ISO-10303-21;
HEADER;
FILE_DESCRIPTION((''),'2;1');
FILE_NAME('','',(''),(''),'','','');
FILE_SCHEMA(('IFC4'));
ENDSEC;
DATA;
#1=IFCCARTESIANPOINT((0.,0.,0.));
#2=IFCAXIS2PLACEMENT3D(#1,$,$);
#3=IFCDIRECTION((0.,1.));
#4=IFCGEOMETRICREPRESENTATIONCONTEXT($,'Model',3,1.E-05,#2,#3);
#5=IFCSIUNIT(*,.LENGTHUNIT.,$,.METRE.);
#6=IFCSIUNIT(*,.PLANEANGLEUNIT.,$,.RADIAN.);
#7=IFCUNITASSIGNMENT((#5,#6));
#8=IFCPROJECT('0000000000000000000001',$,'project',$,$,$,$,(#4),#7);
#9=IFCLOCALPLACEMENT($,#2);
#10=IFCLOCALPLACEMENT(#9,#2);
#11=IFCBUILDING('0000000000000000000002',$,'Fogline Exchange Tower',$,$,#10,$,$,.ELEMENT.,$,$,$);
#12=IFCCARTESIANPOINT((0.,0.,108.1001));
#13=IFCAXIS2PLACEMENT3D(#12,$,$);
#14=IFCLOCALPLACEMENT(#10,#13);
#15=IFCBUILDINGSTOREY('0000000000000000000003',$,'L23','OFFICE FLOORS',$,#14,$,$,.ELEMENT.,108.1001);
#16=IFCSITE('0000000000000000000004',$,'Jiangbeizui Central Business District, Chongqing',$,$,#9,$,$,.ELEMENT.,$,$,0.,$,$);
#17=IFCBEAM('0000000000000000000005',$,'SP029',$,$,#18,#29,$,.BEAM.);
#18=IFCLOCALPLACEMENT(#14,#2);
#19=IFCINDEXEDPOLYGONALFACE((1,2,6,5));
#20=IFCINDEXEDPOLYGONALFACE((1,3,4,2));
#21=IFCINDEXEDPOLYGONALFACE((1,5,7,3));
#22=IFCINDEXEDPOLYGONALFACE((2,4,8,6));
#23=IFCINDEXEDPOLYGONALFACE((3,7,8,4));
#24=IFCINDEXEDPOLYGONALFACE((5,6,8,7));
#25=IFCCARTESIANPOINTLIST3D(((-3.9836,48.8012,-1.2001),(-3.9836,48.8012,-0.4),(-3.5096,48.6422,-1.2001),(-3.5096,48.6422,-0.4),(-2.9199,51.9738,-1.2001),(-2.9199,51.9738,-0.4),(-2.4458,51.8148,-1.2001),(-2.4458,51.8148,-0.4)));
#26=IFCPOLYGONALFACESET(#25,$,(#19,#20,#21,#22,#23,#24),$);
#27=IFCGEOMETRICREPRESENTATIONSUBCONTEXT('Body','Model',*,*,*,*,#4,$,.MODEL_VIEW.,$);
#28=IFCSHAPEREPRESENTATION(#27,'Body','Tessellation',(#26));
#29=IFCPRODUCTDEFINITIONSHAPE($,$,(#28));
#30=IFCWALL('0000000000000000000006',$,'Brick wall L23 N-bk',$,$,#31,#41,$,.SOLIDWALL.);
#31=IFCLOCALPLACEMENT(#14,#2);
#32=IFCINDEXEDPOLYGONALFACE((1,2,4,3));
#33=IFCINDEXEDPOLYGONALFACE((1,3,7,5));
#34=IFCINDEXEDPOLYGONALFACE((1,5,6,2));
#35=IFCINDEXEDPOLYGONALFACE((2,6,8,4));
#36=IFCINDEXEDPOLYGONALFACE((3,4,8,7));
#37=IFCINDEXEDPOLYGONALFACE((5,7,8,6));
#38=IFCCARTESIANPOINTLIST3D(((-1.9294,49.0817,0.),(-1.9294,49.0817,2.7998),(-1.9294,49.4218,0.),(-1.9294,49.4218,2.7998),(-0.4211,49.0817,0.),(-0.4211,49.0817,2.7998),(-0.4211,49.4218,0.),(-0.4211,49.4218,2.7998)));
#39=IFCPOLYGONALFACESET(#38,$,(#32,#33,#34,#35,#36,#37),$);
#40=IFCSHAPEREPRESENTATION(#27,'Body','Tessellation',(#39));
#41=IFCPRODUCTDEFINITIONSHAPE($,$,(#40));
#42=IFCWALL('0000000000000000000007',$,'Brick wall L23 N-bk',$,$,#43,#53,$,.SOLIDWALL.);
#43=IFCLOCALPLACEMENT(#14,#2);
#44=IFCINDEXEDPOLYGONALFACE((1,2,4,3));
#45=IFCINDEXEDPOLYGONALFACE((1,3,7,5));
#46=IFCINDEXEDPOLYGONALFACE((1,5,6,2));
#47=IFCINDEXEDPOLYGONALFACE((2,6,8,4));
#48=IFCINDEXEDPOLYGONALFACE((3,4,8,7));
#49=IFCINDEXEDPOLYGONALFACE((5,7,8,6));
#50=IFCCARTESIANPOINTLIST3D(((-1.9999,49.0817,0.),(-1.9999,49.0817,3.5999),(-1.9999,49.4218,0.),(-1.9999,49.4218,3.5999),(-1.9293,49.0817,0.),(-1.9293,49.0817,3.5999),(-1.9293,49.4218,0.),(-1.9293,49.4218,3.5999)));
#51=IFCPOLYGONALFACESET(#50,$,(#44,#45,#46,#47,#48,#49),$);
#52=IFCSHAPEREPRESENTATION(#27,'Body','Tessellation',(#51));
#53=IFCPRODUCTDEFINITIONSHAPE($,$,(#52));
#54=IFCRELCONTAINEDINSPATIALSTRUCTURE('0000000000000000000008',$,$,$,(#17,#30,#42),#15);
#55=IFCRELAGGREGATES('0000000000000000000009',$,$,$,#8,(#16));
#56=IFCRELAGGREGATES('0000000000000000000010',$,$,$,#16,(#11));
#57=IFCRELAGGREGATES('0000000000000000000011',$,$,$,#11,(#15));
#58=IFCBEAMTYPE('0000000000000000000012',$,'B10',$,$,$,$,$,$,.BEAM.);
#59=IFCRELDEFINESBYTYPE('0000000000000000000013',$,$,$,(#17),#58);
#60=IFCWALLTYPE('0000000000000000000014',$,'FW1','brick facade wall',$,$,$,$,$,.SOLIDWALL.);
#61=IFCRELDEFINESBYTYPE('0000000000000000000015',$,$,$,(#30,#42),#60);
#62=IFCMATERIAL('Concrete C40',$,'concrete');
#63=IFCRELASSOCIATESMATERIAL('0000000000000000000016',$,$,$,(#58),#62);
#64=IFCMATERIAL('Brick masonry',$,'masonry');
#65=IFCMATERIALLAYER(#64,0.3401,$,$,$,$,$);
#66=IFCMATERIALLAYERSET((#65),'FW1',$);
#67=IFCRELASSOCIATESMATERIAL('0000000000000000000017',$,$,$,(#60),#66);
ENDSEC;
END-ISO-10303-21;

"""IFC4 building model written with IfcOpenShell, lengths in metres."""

from ifc_helpers import new_model, si_unit, direction, frame, frame_2d, origin, origin_2d, place, context, subcontext, project, spatial, rectangle, extrude, material, layer, layer_set, material_profile, profile_set, type_object, element, save


model = new_model("IFC4")

# Units and contexts
model_context = context("Model", 3, precision=1e-05, world=origin(), true_north=direction((0.0, 1.0)))
body_context = subcontext(model_context, "Body", "Model", "MODEL_VIEW")
ifc_project = project(units=[si_unit("LENGTHUNIT", "METRE"), si_unit("PLANEANGLEUNIT", "RADIAN")], contexts=[model_context])

# Site, building, storey
site_placement = place(None, origin())
site = spatial("IfcSite", under=ifc_project, at=site_placement, Name="Jiangbeizui Central Business District, Chongqing", CompositionType="ELEMENT", RefElevation=0.0)
building_placement = place(site_placement, origin())
building = spatial("IfcBuilding", under=site, at=building_placement, Name="Fogline Exchange Tower", CompositionType="ELEMENT")
storey_placement = place(building_placement, frame((0.0, 0.0, 108.1001)))
storey = spatial("IfcBuildingStorey", under=building, at=storey_placement, Name="L23", Description="OFFICE FLOORS", CompositionType="ELEMENT", Elevation=108.1001)

# Beam
ifc_material_1 = material(Name="Concrete C40", Category="concrete")
ifc_material_profile = material_profile(ifc_material_1, rectangle(XDim=0.5, YDim=0.8, at=origin_2d()), Name="RC 500x800")
ifc_profile_set = profile_set([ifc_material_profile], Name="Concrete C40")
beam_type = type_object("IfcBeamType", Name="B10", PredefinedType="BEAM", material=ifc_profile_set)
beam_placement = place(storey_placement, frame((-3.7466, 48.7217, -0.8), z_axis=(0.317891, 0.948127, 0.0), x_axis=(-0.948127, 0.317891, 0.0)))
element("IfcBeam", 1, at=beam_placement, inside=storey, type_object=beam_type, Name="SP029", PredefinedType="BEAM", context=body_context, shape_type="SweptSolid", body=[
    extrude(rectangle(XDim=0.5, YDim=0.8, at=origin_2d()), origin(), (0.0, 0.0, 1.0), 3.3462),
])

# Walls
ifc_material_2 = material(Name="Brick masonry", Category="masonry")
ifc_layer = layer(ifc_material_2, 0.3401)
ifc_layer_set = layer_set([ifc_layer], Name="FW1")
wall_type = type_object("IfcWallType", Name="FW1", Description="brick facade wall", PredefinedType="SOLIDWALL", material=ifc_layer_set)
wall_1_placement = place(storey_placement, frame((-0.4211, 49.2517, 0.0), z_axis=(0.0, 0.0, 1.0), x_axis=(-1.0, 0.0, 0.0)))
element("IfcWall", 2, at=wall_1_placement, inside=storey, type_object=wall_type, Name="Brick wall L23 N-bk", PredefinedType="SOLIDWALL", context=body_context, shape_type="SweptSolid", body=[
    extrude(rectangle(XDim=1.5083, YDim=0.3401, at=frame_2d((0.7542, 0.0))), origin(), (0.0, 0.0, 1.0), 2.7998),
])
wall_2_placement = place(storey_placement, frame((-1.9294, 49.2517, 0.0), z_axis=(0.0, 0.0, 1.0), x_axis=(-1.0, 0.0, 0.0)))
element("IfcWall", 3, at=wall_2_placement, inside=storey, type_object=wall_type, Name="Brick wall L23 N-bk", PredefinedType="SOLIDWALL", context=body_context, shape_type="SweptSolid", body=[
    extrude(rectangle(XDim=0.0706, YDim=0.3401, at=frame_2d((0.0352, 0.0))), origin(), (0.0, 0.0, 1.0), 3.5999),
])

save(model, "model.ifc")
